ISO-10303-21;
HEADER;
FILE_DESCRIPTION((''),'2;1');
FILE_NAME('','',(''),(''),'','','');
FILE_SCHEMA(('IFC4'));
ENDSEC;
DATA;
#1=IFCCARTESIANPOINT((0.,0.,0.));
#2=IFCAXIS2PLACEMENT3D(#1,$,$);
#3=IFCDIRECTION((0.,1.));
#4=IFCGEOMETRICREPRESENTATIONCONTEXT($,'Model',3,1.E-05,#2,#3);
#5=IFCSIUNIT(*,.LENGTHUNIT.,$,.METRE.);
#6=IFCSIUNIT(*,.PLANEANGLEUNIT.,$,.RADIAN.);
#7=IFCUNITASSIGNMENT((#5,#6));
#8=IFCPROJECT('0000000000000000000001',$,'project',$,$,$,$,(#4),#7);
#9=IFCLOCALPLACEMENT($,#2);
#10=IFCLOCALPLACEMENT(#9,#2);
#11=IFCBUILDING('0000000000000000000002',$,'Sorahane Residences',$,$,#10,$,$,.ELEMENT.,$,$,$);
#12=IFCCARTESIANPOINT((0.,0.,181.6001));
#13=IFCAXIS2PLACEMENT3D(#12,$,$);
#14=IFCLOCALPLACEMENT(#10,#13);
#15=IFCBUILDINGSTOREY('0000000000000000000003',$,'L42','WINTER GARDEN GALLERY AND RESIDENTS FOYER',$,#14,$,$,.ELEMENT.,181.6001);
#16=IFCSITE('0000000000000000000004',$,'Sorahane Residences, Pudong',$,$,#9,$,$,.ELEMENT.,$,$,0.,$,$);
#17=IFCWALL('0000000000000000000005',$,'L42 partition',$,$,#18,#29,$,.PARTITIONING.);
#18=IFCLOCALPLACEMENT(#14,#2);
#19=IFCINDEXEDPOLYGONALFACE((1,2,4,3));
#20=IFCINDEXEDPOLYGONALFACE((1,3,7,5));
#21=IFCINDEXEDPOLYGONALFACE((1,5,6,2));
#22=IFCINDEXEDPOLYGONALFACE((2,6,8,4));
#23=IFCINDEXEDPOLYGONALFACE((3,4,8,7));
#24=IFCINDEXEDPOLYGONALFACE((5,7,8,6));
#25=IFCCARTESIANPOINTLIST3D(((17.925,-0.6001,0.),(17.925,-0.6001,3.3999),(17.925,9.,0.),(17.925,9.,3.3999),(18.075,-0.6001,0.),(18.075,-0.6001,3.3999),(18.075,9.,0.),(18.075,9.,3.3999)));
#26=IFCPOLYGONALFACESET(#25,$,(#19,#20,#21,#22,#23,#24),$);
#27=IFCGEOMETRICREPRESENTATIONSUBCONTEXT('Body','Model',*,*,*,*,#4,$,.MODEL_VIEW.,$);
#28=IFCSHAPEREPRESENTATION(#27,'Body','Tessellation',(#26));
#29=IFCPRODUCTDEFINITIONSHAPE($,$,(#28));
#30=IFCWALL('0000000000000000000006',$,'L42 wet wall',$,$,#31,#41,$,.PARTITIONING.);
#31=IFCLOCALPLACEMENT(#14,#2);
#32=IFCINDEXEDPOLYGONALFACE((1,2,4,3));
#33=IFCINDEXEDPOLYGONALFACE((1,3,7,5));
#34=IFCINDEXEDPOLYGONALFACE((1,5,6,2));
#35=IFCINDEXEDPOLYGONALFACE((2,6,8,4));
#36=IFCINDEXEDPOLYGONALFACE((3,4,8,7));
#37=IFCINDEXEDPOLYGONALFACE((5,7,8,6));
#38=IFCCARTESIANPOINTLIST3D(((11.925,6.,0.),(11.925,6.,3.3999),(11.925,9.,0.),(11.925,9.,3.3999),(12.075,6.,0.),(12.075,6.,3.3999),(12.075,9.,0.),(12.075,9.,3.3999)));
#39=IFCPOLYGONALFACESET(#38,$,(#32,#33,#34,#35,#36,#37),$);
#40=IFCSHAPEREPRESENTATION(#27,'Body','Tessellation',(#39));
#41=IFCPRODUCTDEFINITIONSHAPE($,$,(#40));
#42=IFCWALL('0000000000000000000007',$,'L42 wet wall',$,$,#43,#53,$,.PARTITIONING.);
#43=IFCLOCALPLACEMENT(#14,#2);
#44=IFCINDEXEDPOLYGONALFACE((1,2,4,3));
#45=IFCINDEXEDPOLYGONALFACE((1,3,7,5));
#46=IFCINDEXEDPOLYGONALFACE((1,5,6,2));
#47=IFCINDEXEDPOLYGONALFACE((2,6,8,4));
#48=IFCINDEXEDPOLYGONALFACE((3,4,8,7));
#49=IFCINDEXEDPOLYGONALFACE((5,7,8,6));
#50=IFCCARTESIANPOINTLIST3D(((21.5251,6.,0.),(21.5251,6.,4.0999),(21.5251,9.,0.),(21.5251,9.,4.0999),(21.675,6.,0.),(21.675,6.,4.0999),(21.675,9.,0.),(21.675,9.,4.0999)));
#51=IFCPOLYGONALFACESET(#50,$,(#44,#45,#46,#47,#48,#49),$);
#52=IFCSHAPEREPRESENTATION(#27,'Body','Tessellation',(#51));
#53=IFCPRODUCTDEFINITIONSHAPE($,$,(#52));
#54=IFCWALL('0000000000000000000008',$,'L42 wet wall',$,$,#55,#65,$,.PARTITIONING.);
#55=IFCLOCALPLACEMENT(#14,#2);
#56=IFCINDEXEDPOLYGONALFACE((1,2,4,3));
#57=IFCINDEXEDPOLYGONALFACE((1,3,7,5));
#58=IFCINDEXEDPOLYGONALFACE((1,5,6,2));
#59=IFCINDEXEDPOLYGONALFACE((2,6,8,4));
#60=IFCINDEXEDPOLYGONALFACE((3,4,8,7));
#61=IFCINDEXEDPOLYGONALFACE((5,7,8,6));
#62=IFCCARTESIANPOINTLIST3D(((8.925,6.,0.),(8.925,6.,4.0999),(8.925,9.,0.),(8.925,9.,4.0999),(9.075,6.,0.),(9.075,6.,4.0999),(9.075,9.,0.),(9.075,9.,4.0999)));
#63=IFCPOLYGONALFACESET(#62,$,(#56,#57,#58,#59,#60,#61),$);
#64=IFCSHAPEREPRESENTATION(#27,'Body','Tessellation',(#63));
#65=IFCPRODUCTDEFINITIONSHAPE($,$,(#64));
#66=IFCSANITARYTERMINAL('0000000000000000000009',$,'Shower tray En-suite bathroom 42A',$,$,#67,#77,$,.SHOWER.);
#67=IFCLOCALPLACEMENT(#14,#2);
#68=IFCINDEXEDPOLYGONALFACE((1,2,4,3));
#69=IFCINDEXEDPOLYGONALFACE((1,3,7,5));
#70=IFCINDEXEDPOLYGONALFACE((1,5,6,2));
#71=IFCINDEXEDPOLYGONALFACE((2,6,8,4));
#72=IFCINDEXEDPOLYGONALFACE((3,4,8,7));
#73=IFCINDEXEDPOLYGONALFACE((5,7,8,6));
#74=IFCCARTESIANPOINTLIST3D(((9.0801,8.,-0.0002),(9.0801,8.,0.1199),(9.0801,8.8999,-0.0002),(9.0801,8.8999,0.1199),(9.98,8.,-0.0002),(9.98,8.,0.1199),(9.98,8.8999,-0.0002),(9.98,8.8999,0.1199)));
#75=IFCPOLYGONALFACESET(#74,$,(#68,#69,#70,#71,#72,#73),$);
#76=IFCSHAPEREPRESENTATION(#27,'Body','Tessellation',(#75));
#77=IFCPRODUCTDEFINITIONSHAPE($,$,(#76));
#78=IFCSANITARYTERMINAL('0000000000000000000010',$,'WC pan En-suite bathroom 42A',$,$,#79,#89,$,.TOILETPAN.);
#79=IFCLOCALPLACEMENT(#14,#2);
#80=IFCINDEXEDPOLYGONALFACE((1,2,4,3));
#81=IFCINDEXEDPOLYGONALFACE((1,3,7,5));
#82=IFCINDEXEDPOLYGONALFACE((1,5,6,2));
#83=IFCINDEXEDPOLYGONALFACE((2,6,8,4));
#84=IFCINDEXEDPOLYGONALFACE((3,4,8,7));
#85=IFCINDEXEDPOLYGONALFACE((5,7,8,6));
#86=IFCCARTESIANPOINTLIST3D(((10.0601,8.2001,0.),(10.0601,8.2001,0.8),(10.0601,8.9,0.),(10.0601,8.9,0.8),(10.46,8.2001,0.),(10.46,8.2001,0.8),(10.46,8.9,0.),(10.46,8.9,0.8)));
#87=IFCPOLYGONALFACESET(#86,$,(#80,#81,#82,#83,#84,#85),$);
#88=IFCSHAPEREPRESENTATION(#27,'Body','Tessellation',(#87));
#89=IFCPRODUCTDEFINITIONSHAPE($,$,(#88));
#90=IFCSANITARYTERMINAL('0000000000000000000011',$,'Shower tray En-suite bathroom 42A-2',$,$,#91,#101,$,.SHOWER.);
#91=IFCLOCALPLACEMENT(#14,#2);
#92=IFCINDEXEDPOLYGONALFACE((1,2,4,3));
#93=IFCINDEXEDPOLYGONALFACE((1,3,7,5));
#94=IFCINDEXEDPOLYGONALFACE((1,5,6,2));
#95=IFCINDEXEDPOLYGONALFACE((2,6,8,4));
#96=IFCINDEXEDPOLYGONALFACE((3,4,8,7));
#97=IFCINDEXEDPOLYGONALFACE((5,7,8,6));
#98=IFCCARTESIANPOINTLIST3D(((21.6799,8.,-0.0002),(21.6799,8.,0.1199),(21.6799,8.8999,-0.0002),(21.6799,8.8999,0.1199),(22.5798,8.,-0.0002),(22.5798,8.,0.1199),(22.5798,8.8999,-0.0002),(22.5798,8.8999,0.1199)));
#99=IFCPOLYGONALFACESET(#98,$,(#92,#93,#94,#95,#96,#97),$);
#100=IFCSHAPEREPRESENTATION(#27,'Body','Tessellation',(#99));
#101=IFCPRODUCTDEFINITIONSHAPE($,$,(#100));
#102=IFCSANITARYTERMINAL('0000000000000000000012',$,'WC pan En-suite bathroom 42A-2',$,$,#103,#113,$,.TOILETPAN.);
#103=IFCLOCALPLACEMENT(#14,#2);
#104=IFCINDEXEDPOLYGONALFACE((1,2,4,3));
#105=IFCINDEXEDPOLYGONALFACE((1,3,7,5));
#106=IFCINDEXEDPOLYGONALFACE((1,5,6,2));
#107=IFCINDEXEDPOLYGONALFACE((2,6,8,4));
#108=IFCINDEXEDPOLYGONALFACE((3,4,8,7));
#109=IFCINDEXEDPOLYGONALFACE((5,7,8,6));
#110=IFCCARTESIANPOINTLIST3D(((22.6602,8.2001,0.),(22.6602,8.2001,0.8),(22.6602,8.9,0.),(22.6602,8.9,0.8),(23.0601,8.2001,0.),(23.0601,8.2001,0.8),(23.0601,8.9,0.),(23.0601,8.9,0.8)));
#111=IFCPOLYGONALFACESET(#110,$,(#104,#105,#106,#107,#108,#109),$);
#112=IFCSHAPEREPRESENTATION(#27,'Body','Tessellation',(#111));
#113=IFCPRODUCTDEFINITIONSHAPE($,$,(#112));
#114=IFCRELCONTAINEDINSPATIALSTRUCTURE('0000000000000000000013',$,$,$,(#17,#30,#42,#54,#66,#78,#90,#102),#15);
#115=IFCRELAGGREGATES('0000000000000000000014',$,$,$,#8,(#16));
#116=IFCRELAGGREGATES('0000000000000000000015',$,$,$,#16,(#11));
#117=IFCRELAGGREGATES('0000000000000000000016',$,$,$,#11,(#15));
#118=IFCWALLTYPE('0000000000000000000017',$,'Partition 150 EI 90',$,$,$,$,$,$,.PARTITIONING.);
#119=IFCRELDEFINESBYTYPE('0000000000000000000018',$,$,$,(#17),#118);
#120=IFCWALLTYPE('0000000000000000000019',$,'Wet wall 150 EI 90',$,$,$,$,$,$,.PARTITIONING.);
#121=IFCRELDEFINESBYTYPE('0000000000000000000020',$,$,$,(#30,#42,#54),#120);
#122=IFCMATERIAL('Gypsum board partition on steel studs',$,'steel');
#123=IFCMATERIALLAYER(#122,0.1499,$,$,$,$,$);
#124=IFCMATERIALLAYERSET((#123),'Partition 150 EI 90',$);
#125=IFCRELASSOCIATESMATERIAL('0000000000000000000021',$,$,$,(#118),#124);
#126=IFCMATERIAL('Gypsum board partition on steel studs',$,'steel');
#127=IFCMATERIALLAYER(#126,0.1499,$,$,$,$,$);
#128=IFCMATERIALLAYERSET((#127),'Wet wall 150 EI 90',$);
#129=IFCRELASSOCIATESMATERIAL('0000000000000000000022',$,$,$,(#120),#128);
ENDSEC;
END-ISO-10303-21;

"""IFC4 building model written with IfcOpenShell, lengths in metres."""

from ifc_helpers import new_model, si_unit, direction, frame, frame_2d, origin, origin_2d, place, context, subcontext, project, spatial, rectangle, extrude, material, layer, layer_set, type_object, element, save


model = new_model("IFC4")

# Units and contexts
model_context = context("Model", 3, precision=1e-05, world=origin(), true_north=direction((0.0, 1.0)))
body_context = subcontext(model_context, "Body", "Model", "MODEL_VIEW")
ifc_project = project(units=[si_unit("LENGTHUNIT", "METRE"), si_unit("PLANEANGLEUNIT", "RADIAN")], contexts=[model_context])

# Site, building, storey
site_placement = place(None, origin())
site = spatial("IfcSite", under=ifc_project, at=site_placement, Name="Sorahane Residences, Pudong", CompositionType="ELEMENT", RefElevation=0.0)
building_placement = place(site_placement, origin())
building = spatial("IfcBuilding", under=site, at=building_placement, Name="Sorahane Residences", CompositionType="ELEMENT")
storey_placement = place(building_placement, frame((0.0, 0.0, 181.6001)))
storey = spatial("IfcBuildingStorey", under=building, at=storey_placement, Name="L42", Description="WINTER GARDEN GALLERY AND RESIDENTS FOYER", CompositionType="ELEMENT", Elevation=181.6001)

# Wall
ifc_material_1 = material(Name="Gypsum board partition on steel studs", Category="steel")
ifc_layer_1 = layer(ifc_material_1, 0.1499)
ifc_layer_set_1 = layer_set([ifc_layer_1], Name="Partition 150 EI 90")
wall_type_1 = type_object("IfcWallType", Name="Partition 150 EI 90", PredefinedType="PARTITIONING", material=ifc_layer_set_1)
wall_1_placement = place(storey_placement, frame((18.0, -0.6001, 0.0), z_axis=(0.0, 0.0, 1.0), x_axis=(0.0, 1.0, 0.0)))
element("IfcWall", 1, at=wall_1_placement, inside=storey, type_object=wall_type_1, Name="L42 partition", PredefinedType="PARTITIONING", context=body_context, shape_type="SweptSolid", body=[
    extrude(rectangle(XDim=9.6001, YDim=0.1499, at=frame_2d((4.8, 0.0))), origin(), (0.0, 0.0, 1.0), 3.3999),
])

# Walls
ifc_material_2 = material(Name="Gypsum board partition on steel studs", Category="steel")
ifc_layer_2 = layer(ifc_material_2, 0.1499)
ifc_layer_set_2 = layer_set([ifc_layer_2], Name="Wet wall 150 EI 90")
wall_type_2 = type_object("IfcWallType", Name="Wet wall 150 EI 90", PredefinedType="PARTITIONING", material=ifc_layer_set_2)
wall_2_placement = place(storey_placement, frame((12.0, 6.0, 0.0), z_axis=(0.0, 0.0, 1.0), x_axis=(0.0, 1.0, 0.0)))
element("IfcWall", 2, at=wall_2_placement, inside=storey, type_object=wall_type_2, Name="L42 wet wall", PredefinedType="PARTITIONING", context=body_context, shape_type="SweptSolid", body=[
    extrude(rectangle(XDim=3.0, YDim=0.1499, at=frame_2d((1.5, 0.0))), origin(), (0.0, 0.0, 1.0), 3.3999),
])
for number, where, z_axis, x_axis, name in (
    (3, (21.6001, 6.0, 0.0), (0.0, 0.0, 1.0), (0.0, 1.0, 0.0), "L42 wet wall"),
    (4, (9.0, 6.0, 0.0), (0.0, 0.0, 1.0), (0.0, 1.0, 0.0), "L42 wet wall"),
):
    element("IfcWall", number, at=place(storey_placement, frame(where, z_axis=z_axis, x_axis=x_axis)), inside=storey, type_object=wall_type_2, Name=name, PredefinedType="PARTITIONING", context=body_context, shape_type="SweptSolid", body=[
        extrude(rectangle(XDim=3.0, YDim=0.1499, at=frame_2d((1.5, 0.0))), origin(), (0.0, 0.0, 1.0), 4.0999),
    ])

# Sanitary terminals
sanitary_terminal_1_placement = place(storey_placement, frame((9.53, 8.45, -0.0002), z_axis=(0.0, 0.0, 1.0), x_axis=(1.0, 0.0, 0.0)))
element("IfcSanitaryTerminal", 5, at=sanitary_terminal_1_placement, inside=storey, Name="Shower tray En-suite bathroom 42A", PredefinedType="SHOWER", context=body_context, shape_type="SweptSolid", body=[
    extrude(rectangle(XDim=0.8999, YDim=0.8999, at=origin_2d()), origin(), (0.0, 0.0, 1.0), 0.1201),
])
sanitary_terminal_2_placement = place(storey_placement, frame((10.26, 8.55, 0.0), z_axis=(0.0, 0.0, 1.0), x_axis=(1.0, 0.0, 0.0)))
element("IfcSanitaryTerminal", 6, at=sanitary_terminal_2_placement, inside=storey, Name="WC pan En-suite bathroom 42A", PredefinedType="TOILETPAN", context=body_context, shape_type="SweptSolid", body=[
    extrude(rectangle(XDim=0.3999, YDim=0.7, at=origin_2d()), origin(), (0.0, 0.0, 1.0), 0.8),
])
sanitary_terminal_3_placement = place(storey_placement, frame((22.1299, 8.45, -0.0002), z_axis=(0.0, 0.0, 1.0), x_axis=(1.0, 0.0, 0.0)))
element("IfcSanitaryTerminal", 7, at=sanitary_terminal_3_placement, inside=storey, Name="Shower tray En-suite bathroom 42A-2", PredefinedType="SHOWER", context=body_context, shape_type="SweptSolid", body=[
    extrude(rectangle(XDim=0.8999, YDim=0.8999, at=origin_2d()), origin(), (0.0, 0.0, 1.0), 0.1201),
])
sanitary_terminal_4_placement = place(storey_placement, frame((22.8601, 8.55, 0.0), z_axis=(0.0, 0.0, 1.0), x_axis=(1.0, 0.0, 0.0)))
element("IfcSanitaryTerminal", 8, at=sanitary_terminal_4_placement, inside=storey, Name="WC pan En-suite bathroom 42A-2", PredefinedType="TOILETPAN", context=body_context, shape_type="SweptSolid", body=[
    extrude(rectangle(XDim=0.3999, YDim=0.7, at=origin_2d()), origin(), (0.0, 0.0, 1.0), 0.8),
])

save(model, "model.ifc")
